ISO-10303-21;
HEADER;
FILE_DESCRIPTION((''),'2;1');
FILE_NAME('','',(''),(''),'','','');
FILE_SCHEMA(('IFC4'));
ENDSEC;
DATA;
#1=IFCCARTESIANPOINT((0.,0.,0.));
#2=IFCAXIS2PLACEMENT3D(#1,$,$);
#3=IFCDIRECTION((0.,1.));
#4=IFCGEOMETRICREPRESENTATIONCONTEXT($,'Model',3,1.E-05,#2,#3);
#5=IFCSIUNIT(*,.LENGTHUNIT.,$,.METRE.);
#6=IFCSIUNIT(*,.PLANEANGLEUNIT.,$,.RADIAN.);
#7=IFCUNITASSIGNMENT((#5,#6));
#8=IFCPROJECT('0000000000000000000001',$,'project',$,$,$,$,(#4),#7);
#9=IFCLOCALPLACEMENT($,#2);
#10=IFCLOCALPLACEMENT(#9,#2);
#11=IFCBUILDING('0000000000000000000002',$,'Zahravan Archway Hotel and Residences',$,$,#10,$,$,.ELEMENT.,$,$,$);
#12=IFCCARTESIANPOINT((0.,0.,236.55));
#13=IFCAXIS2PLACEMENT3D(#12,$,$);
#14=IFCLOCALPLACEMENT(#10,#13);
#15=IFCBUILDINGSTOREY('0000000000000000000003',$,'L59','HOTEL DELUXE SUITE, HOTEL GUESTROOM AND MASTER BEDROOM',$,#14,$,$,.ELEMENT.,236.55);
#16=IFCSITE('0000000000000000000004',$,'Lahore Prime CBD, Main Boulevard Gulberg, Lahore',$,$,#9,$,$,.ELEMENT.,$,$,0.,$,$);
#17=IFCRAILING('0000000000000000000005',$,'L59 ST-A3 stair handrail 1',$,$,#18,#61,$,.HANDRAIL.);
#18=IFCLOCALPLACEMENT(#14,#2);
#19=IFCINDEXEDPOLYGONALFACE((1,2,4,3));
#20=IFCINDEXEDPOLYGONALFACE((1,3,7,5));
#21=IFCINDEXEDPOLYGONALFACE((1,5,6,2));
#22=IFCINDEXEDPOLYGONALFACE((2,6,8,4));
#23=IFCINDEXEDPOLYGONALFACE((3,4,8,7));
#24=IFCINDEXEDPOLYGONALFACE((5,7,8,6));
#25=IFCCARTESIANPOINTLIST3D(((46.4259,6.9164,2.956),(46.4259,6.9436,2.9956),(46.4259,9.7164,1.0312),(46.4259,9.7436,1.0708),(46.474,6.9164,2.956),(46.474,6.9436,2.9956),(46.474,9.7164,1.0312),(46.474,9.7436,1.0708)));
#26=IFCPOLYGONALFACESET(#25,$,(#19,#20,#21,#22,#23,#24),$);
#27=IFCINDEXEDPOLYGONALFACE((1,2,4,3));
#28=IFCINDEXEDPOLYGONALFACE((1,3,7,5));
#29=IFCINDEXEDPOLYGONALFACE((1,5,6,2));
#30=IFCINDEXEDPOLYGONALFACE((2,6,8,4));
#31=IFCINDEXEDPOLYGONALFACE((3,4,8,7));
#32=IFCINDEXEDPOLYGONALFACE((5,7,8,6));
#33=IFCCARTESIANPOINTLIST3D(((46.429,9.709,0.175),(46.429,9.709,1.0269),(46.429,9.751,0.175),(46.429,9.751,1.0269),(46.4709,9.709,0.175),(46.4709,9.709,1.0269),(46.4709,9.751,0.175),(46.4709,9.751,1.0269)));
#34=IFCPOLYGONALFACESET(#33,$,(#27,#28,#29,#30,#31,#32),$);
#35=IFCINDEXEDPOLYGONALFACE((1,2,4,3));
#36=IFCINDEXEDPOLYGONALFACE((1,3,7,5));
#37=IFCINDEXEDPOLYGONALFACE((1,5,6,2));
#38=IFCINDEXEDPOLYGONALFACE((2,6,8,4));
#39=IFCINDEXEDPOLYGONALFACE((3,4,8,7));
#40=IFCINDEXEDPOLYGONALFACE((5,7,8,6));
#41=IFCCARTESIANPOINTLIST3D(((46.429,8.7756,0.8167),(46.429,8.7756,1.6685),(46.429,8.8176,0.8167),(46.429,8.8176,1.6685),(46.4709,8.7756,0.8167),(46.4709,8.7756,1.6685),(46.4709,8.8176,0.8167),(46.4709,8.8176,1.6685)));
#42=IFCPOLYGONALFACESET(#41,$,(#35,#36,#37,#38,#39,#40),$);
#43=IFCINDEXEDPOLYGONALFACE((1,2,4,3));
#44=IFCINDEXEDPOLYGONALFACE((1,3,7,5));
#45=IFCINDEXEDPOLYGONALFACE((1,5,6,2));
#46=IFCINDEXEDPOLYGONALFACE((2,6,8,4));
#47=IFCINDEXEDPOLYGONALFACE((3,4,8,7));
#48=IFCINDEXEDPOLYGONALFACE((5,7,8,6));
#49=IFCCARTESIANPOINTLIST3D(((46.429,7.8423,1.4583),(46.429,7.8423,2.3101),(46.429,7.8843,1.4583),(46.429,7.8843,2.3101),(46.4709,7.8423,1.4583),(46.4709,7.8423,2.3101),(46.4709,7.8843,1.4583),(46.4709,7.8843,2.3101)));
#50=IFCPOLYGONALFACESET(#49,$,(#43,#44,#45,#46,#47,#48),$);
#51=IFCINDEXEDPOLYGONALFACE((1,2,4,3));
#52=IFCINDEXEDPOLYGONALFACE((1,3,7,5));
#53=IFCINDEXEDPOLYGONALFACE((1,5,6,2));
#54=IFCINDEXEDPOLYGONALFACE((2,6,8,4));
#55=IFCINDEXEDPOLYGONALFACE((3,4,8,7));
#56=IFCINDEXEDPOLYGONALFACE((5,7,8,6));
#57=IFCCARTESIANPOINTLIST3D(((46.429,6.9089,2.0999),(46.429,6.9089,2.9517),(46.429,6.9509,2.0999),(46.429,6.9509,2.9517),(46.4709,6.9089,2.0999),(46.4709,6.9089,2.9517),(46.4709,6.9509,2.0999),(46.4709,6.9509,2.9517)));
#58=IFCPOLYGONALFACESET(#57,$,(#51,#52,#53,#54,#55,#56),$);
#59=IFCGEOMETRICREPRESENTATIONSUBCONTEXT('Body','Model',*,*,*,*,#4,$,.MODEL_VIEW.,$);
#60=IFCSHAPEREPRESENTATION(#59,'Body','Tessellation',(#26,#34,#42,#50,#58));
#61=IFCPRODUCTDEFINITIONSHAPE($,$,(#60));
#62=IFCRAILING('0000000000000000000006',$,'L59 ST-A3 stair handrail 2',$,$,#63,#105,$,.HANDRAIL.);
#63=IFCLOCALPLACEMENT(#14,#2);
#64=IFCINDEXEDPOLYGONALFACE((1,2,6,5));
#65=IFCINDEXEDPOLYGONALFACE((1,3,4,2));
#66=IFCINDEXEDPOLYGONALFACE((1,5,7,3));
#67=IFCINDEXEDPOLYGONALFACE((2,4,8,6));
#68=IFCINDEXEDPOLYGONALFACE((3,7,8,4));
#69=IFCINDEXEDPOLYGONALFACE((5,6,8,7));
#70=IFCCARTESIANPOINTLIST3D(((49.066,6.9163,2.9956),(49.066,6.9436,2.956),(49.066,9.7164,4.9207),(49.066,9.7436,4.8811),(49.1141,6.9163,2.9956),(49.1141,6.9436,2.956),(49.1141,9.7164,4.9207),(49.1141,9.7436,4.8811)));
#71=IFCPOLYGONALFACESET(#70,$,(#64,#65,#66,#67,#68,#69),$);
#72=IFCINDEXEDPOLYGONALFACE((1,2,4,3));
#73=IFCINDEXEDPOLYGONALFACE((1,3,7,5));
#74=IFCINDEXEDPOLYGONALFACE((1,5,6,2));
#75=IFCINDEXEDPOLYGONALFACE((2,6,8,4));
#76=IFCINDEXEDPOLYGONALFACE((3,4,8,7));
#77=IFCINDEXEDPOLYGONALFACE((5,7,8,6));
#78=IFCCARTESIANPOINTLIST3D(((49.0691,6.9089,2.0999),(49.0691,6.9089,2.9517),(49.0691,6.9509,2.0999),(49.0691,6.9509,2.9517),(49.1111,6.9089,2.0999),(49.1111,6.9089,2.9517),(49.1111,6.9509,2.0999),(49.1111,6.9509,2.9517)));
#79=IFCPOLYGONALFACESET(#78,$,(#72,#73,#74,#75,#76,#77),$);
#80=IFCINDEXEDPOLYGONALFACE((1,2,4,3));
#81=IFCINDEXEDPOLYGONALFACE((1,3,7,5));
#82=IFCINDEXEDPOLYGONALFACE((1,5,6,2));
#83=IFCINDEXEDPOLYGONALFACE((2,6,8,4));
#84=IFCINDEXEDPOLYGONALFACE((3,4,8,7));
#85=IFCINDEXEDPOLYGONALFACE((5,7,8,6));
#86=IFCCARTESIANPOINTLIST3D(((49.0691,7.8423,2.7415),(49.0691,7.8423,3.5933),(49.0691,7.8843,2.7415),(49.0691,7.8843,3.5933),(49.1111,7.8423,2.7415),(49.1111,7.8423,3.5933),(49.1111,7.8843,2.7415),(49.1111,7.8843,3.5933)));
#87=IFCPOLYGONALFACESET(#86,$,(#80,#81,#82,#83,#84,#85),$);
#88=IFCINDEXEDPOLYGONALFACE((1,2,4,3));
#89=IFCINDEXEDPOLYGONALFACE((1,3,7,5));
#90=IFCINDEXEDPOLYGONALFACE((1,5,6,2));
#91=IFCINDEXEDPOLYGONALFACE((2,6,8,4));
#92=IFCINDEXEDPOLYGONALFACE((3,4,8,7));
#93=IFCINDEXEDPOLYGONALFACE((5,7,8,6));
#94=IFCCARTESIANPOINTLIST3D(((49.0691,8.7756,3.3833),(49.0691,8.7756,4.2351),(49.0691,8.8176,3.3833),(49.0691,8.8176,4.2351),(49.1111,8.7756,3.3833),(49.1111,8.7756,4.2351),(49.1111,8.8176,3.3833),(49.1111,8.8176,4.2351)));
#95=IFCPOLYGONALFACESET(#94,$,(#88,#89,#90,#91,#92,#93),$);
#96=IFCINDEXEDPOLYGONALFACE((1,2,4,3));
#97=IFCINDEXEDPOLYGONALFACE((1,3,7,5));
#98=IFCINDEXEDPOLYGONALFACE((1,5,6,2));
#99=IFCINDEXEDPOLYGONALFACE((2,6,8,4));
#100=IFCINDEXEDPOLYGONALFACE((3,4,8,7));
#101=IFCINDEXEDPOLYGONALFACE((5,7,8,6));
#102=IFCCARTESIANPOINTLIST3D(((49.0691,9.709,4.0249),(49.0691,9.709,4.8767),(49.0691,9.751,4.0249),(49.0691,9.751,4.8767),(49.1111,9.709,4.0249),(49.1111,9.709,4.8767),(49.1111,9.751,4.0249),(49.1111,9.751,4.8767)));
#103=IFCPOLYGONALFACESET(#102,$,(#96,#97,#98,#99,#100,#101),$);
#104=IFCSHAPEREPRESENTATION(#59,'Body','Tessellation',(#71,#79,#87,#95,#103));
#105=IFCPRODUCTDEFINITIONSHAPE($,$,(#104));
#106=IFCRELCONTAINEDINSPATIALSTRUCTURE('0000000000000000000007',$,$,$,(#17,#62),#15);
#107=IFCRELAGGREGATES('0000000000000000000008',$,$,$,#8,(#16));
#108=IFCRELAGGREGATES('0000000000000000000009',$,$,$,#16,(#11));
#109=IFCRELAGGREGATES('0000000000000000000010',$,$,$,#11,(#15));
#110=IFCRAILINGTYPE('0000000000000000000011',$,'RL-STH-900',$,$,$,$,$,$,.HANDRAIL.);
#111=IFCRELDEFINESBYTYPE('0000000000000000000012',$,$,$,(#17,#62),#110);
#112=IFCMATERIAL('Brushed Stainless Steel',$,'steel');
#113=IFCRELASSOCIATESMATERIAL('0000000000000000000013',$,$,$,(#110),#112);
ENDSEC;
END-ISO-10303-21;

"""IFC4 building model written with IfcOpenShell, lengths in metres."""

from ifc_helpers import new_model, si_unit, direction, frame, origin, origin_2d, place, context, subcontext, project, spatial, rectangle, extrude, material, type_object, element, save


model = new_model("IFC4")

# Units and contexts
model_context = context("Model", 3, precision=1e-05, world=origin(), true_north=direction((0.0, 1.0)))
body_context = subcontext(model_context, "Body", "Model", "MODEL_VIEW")
ifc_project = project(units=[si_unit("LENGTHUNIT", "METRE"), si_unit("PLANEANGLEUNIT", "RADIAN")], contexts=[model_context])

# Site, building, storey
site_placement = place(None, origin())
site = spatial("IfcSite", under=ifc_project, at=site_placement, Name="Lahore Prime CBD, Main Boulevard Gulberg, Lahore", CompositionType="ELEMENT", RefElevation=0.0)
building_placement = place(site_placement, origin())
building = spatial("IfcBuilding", under=site, at=building_placement, Name="Zahravan Archway Hotel and Residences", CompositionType="ELEMENT")
storey_placement = place(building_placement, frame((0.0, 0.0, 236.55)))
storey = spatial("IfcBuildingStorey", under=building, at=storey_placement, Name="L59", Description="HOTEL DELUXE SUITE, HOTEL GUESTROOM AND MASTER BEDROOM", CompositionType="ELEMENT", Elevation=236.55)

# Railings
ifc_material_1 = material(Name="Brushed Stainless Steel", Category="steel")
railing_type_1 = type_object("IfcRailingType", Name="RL-STH-900", PredefinedType="HANDRAIL", material=ifc_material_1)
for number, where, name in (
    (1, (46.45, 9.73, 0.175), "L59 ST-A3 stair handrail 1"),
):
    element("IfcRailing", number, at=place(storey_placement, frame(where)), inside=storey, type_object=railing_type_1, Name=name, PredefinedType="HANDRAIL", context=body_context, shape_type="SweptSolid", body=[
        extrude(rectangle(XDim=0.0481, YDim=0.0481, at=origin_2d()), frame((0.0, 0.0, 0.876), z_axis=(0.0, -0.824073, 0.566483), x_axis=(1.0, 0.0, 0.0)), (0.0, 0.0, 1.0), 3.3977),
        extrude(rectangle(XDim=0.042, YDim=0.042, at=origin_2d()), origin(), (0.0, 0.0, 1.0), 0.8518),
        extrude(rectangle(XDim=0.042, YDim=0.042, at=origin_2d()), frame((0.0, -0.9333, 0.6416)), (0.0, 0.0, 1.0), 0.8518),
        extrude(rectangle(XDim=0.042, YDim=0.042, at=origin_2d()), frame((0.0, -1.8667, 1.2832)), (0.0, 0.0, 1.0), 0.8518),
        extrude(rectangle(XDim=0.042, YDim=0.042, at=origin_2d()), frame((0.0, -2.8, 1.9248)), (0.0, 0.0, 1.0), 0.8518),
    ])
railing_1_placement = place(storey_placement, frame((49.0901, 6.9299, 2.0999)))
element("IfcRailing", 2, at=railing_1_placement, inside=storey, type_object=railing_type_1, Name="L59 ST-A3 stair handrail 2", PredefinedType="HANDRAIL", context=body_context, shape_type="SweptSolid", body=[
    extrude(rectangle(XDim=0.0481, YDim=0.0481, at=origin_2d()), frame((0.0, 0.0, 0.876), z_axis=(0.0, 0.82404, 0.566532), x_axis=(-1.0, 0.0, 0.0)), (0.0, 0.0, 1.0), 3.3979),
    extrude(rectangle(XDim=0.042, YDim=0.042, at=origin_2d()), origin(), (0.0, 0.0, 1.0), 0.8518),
    extrude(rectangle(XDim=0.042, YDim=0.042, at=origin_2d()), frame((0.0, 0.9333, 0.6416)), (0.0, 0.0, 1.0), 0.8518),
    extrude(rectangle(XDim=0.042, YDim=0.042, at=origin_2d()), frame((0.0, 1.8667, 1.2834)), (0.0, 0.0, 1.0), 0.8518),
    extrude(rectangle(XDim=0.042, YDim=0.042, at=origin_2d()), frame((0.0, 2.8, 1.925)), (0.0, 0.0, 1.0), 0.8518),
])

save(model, "model.ifc")
